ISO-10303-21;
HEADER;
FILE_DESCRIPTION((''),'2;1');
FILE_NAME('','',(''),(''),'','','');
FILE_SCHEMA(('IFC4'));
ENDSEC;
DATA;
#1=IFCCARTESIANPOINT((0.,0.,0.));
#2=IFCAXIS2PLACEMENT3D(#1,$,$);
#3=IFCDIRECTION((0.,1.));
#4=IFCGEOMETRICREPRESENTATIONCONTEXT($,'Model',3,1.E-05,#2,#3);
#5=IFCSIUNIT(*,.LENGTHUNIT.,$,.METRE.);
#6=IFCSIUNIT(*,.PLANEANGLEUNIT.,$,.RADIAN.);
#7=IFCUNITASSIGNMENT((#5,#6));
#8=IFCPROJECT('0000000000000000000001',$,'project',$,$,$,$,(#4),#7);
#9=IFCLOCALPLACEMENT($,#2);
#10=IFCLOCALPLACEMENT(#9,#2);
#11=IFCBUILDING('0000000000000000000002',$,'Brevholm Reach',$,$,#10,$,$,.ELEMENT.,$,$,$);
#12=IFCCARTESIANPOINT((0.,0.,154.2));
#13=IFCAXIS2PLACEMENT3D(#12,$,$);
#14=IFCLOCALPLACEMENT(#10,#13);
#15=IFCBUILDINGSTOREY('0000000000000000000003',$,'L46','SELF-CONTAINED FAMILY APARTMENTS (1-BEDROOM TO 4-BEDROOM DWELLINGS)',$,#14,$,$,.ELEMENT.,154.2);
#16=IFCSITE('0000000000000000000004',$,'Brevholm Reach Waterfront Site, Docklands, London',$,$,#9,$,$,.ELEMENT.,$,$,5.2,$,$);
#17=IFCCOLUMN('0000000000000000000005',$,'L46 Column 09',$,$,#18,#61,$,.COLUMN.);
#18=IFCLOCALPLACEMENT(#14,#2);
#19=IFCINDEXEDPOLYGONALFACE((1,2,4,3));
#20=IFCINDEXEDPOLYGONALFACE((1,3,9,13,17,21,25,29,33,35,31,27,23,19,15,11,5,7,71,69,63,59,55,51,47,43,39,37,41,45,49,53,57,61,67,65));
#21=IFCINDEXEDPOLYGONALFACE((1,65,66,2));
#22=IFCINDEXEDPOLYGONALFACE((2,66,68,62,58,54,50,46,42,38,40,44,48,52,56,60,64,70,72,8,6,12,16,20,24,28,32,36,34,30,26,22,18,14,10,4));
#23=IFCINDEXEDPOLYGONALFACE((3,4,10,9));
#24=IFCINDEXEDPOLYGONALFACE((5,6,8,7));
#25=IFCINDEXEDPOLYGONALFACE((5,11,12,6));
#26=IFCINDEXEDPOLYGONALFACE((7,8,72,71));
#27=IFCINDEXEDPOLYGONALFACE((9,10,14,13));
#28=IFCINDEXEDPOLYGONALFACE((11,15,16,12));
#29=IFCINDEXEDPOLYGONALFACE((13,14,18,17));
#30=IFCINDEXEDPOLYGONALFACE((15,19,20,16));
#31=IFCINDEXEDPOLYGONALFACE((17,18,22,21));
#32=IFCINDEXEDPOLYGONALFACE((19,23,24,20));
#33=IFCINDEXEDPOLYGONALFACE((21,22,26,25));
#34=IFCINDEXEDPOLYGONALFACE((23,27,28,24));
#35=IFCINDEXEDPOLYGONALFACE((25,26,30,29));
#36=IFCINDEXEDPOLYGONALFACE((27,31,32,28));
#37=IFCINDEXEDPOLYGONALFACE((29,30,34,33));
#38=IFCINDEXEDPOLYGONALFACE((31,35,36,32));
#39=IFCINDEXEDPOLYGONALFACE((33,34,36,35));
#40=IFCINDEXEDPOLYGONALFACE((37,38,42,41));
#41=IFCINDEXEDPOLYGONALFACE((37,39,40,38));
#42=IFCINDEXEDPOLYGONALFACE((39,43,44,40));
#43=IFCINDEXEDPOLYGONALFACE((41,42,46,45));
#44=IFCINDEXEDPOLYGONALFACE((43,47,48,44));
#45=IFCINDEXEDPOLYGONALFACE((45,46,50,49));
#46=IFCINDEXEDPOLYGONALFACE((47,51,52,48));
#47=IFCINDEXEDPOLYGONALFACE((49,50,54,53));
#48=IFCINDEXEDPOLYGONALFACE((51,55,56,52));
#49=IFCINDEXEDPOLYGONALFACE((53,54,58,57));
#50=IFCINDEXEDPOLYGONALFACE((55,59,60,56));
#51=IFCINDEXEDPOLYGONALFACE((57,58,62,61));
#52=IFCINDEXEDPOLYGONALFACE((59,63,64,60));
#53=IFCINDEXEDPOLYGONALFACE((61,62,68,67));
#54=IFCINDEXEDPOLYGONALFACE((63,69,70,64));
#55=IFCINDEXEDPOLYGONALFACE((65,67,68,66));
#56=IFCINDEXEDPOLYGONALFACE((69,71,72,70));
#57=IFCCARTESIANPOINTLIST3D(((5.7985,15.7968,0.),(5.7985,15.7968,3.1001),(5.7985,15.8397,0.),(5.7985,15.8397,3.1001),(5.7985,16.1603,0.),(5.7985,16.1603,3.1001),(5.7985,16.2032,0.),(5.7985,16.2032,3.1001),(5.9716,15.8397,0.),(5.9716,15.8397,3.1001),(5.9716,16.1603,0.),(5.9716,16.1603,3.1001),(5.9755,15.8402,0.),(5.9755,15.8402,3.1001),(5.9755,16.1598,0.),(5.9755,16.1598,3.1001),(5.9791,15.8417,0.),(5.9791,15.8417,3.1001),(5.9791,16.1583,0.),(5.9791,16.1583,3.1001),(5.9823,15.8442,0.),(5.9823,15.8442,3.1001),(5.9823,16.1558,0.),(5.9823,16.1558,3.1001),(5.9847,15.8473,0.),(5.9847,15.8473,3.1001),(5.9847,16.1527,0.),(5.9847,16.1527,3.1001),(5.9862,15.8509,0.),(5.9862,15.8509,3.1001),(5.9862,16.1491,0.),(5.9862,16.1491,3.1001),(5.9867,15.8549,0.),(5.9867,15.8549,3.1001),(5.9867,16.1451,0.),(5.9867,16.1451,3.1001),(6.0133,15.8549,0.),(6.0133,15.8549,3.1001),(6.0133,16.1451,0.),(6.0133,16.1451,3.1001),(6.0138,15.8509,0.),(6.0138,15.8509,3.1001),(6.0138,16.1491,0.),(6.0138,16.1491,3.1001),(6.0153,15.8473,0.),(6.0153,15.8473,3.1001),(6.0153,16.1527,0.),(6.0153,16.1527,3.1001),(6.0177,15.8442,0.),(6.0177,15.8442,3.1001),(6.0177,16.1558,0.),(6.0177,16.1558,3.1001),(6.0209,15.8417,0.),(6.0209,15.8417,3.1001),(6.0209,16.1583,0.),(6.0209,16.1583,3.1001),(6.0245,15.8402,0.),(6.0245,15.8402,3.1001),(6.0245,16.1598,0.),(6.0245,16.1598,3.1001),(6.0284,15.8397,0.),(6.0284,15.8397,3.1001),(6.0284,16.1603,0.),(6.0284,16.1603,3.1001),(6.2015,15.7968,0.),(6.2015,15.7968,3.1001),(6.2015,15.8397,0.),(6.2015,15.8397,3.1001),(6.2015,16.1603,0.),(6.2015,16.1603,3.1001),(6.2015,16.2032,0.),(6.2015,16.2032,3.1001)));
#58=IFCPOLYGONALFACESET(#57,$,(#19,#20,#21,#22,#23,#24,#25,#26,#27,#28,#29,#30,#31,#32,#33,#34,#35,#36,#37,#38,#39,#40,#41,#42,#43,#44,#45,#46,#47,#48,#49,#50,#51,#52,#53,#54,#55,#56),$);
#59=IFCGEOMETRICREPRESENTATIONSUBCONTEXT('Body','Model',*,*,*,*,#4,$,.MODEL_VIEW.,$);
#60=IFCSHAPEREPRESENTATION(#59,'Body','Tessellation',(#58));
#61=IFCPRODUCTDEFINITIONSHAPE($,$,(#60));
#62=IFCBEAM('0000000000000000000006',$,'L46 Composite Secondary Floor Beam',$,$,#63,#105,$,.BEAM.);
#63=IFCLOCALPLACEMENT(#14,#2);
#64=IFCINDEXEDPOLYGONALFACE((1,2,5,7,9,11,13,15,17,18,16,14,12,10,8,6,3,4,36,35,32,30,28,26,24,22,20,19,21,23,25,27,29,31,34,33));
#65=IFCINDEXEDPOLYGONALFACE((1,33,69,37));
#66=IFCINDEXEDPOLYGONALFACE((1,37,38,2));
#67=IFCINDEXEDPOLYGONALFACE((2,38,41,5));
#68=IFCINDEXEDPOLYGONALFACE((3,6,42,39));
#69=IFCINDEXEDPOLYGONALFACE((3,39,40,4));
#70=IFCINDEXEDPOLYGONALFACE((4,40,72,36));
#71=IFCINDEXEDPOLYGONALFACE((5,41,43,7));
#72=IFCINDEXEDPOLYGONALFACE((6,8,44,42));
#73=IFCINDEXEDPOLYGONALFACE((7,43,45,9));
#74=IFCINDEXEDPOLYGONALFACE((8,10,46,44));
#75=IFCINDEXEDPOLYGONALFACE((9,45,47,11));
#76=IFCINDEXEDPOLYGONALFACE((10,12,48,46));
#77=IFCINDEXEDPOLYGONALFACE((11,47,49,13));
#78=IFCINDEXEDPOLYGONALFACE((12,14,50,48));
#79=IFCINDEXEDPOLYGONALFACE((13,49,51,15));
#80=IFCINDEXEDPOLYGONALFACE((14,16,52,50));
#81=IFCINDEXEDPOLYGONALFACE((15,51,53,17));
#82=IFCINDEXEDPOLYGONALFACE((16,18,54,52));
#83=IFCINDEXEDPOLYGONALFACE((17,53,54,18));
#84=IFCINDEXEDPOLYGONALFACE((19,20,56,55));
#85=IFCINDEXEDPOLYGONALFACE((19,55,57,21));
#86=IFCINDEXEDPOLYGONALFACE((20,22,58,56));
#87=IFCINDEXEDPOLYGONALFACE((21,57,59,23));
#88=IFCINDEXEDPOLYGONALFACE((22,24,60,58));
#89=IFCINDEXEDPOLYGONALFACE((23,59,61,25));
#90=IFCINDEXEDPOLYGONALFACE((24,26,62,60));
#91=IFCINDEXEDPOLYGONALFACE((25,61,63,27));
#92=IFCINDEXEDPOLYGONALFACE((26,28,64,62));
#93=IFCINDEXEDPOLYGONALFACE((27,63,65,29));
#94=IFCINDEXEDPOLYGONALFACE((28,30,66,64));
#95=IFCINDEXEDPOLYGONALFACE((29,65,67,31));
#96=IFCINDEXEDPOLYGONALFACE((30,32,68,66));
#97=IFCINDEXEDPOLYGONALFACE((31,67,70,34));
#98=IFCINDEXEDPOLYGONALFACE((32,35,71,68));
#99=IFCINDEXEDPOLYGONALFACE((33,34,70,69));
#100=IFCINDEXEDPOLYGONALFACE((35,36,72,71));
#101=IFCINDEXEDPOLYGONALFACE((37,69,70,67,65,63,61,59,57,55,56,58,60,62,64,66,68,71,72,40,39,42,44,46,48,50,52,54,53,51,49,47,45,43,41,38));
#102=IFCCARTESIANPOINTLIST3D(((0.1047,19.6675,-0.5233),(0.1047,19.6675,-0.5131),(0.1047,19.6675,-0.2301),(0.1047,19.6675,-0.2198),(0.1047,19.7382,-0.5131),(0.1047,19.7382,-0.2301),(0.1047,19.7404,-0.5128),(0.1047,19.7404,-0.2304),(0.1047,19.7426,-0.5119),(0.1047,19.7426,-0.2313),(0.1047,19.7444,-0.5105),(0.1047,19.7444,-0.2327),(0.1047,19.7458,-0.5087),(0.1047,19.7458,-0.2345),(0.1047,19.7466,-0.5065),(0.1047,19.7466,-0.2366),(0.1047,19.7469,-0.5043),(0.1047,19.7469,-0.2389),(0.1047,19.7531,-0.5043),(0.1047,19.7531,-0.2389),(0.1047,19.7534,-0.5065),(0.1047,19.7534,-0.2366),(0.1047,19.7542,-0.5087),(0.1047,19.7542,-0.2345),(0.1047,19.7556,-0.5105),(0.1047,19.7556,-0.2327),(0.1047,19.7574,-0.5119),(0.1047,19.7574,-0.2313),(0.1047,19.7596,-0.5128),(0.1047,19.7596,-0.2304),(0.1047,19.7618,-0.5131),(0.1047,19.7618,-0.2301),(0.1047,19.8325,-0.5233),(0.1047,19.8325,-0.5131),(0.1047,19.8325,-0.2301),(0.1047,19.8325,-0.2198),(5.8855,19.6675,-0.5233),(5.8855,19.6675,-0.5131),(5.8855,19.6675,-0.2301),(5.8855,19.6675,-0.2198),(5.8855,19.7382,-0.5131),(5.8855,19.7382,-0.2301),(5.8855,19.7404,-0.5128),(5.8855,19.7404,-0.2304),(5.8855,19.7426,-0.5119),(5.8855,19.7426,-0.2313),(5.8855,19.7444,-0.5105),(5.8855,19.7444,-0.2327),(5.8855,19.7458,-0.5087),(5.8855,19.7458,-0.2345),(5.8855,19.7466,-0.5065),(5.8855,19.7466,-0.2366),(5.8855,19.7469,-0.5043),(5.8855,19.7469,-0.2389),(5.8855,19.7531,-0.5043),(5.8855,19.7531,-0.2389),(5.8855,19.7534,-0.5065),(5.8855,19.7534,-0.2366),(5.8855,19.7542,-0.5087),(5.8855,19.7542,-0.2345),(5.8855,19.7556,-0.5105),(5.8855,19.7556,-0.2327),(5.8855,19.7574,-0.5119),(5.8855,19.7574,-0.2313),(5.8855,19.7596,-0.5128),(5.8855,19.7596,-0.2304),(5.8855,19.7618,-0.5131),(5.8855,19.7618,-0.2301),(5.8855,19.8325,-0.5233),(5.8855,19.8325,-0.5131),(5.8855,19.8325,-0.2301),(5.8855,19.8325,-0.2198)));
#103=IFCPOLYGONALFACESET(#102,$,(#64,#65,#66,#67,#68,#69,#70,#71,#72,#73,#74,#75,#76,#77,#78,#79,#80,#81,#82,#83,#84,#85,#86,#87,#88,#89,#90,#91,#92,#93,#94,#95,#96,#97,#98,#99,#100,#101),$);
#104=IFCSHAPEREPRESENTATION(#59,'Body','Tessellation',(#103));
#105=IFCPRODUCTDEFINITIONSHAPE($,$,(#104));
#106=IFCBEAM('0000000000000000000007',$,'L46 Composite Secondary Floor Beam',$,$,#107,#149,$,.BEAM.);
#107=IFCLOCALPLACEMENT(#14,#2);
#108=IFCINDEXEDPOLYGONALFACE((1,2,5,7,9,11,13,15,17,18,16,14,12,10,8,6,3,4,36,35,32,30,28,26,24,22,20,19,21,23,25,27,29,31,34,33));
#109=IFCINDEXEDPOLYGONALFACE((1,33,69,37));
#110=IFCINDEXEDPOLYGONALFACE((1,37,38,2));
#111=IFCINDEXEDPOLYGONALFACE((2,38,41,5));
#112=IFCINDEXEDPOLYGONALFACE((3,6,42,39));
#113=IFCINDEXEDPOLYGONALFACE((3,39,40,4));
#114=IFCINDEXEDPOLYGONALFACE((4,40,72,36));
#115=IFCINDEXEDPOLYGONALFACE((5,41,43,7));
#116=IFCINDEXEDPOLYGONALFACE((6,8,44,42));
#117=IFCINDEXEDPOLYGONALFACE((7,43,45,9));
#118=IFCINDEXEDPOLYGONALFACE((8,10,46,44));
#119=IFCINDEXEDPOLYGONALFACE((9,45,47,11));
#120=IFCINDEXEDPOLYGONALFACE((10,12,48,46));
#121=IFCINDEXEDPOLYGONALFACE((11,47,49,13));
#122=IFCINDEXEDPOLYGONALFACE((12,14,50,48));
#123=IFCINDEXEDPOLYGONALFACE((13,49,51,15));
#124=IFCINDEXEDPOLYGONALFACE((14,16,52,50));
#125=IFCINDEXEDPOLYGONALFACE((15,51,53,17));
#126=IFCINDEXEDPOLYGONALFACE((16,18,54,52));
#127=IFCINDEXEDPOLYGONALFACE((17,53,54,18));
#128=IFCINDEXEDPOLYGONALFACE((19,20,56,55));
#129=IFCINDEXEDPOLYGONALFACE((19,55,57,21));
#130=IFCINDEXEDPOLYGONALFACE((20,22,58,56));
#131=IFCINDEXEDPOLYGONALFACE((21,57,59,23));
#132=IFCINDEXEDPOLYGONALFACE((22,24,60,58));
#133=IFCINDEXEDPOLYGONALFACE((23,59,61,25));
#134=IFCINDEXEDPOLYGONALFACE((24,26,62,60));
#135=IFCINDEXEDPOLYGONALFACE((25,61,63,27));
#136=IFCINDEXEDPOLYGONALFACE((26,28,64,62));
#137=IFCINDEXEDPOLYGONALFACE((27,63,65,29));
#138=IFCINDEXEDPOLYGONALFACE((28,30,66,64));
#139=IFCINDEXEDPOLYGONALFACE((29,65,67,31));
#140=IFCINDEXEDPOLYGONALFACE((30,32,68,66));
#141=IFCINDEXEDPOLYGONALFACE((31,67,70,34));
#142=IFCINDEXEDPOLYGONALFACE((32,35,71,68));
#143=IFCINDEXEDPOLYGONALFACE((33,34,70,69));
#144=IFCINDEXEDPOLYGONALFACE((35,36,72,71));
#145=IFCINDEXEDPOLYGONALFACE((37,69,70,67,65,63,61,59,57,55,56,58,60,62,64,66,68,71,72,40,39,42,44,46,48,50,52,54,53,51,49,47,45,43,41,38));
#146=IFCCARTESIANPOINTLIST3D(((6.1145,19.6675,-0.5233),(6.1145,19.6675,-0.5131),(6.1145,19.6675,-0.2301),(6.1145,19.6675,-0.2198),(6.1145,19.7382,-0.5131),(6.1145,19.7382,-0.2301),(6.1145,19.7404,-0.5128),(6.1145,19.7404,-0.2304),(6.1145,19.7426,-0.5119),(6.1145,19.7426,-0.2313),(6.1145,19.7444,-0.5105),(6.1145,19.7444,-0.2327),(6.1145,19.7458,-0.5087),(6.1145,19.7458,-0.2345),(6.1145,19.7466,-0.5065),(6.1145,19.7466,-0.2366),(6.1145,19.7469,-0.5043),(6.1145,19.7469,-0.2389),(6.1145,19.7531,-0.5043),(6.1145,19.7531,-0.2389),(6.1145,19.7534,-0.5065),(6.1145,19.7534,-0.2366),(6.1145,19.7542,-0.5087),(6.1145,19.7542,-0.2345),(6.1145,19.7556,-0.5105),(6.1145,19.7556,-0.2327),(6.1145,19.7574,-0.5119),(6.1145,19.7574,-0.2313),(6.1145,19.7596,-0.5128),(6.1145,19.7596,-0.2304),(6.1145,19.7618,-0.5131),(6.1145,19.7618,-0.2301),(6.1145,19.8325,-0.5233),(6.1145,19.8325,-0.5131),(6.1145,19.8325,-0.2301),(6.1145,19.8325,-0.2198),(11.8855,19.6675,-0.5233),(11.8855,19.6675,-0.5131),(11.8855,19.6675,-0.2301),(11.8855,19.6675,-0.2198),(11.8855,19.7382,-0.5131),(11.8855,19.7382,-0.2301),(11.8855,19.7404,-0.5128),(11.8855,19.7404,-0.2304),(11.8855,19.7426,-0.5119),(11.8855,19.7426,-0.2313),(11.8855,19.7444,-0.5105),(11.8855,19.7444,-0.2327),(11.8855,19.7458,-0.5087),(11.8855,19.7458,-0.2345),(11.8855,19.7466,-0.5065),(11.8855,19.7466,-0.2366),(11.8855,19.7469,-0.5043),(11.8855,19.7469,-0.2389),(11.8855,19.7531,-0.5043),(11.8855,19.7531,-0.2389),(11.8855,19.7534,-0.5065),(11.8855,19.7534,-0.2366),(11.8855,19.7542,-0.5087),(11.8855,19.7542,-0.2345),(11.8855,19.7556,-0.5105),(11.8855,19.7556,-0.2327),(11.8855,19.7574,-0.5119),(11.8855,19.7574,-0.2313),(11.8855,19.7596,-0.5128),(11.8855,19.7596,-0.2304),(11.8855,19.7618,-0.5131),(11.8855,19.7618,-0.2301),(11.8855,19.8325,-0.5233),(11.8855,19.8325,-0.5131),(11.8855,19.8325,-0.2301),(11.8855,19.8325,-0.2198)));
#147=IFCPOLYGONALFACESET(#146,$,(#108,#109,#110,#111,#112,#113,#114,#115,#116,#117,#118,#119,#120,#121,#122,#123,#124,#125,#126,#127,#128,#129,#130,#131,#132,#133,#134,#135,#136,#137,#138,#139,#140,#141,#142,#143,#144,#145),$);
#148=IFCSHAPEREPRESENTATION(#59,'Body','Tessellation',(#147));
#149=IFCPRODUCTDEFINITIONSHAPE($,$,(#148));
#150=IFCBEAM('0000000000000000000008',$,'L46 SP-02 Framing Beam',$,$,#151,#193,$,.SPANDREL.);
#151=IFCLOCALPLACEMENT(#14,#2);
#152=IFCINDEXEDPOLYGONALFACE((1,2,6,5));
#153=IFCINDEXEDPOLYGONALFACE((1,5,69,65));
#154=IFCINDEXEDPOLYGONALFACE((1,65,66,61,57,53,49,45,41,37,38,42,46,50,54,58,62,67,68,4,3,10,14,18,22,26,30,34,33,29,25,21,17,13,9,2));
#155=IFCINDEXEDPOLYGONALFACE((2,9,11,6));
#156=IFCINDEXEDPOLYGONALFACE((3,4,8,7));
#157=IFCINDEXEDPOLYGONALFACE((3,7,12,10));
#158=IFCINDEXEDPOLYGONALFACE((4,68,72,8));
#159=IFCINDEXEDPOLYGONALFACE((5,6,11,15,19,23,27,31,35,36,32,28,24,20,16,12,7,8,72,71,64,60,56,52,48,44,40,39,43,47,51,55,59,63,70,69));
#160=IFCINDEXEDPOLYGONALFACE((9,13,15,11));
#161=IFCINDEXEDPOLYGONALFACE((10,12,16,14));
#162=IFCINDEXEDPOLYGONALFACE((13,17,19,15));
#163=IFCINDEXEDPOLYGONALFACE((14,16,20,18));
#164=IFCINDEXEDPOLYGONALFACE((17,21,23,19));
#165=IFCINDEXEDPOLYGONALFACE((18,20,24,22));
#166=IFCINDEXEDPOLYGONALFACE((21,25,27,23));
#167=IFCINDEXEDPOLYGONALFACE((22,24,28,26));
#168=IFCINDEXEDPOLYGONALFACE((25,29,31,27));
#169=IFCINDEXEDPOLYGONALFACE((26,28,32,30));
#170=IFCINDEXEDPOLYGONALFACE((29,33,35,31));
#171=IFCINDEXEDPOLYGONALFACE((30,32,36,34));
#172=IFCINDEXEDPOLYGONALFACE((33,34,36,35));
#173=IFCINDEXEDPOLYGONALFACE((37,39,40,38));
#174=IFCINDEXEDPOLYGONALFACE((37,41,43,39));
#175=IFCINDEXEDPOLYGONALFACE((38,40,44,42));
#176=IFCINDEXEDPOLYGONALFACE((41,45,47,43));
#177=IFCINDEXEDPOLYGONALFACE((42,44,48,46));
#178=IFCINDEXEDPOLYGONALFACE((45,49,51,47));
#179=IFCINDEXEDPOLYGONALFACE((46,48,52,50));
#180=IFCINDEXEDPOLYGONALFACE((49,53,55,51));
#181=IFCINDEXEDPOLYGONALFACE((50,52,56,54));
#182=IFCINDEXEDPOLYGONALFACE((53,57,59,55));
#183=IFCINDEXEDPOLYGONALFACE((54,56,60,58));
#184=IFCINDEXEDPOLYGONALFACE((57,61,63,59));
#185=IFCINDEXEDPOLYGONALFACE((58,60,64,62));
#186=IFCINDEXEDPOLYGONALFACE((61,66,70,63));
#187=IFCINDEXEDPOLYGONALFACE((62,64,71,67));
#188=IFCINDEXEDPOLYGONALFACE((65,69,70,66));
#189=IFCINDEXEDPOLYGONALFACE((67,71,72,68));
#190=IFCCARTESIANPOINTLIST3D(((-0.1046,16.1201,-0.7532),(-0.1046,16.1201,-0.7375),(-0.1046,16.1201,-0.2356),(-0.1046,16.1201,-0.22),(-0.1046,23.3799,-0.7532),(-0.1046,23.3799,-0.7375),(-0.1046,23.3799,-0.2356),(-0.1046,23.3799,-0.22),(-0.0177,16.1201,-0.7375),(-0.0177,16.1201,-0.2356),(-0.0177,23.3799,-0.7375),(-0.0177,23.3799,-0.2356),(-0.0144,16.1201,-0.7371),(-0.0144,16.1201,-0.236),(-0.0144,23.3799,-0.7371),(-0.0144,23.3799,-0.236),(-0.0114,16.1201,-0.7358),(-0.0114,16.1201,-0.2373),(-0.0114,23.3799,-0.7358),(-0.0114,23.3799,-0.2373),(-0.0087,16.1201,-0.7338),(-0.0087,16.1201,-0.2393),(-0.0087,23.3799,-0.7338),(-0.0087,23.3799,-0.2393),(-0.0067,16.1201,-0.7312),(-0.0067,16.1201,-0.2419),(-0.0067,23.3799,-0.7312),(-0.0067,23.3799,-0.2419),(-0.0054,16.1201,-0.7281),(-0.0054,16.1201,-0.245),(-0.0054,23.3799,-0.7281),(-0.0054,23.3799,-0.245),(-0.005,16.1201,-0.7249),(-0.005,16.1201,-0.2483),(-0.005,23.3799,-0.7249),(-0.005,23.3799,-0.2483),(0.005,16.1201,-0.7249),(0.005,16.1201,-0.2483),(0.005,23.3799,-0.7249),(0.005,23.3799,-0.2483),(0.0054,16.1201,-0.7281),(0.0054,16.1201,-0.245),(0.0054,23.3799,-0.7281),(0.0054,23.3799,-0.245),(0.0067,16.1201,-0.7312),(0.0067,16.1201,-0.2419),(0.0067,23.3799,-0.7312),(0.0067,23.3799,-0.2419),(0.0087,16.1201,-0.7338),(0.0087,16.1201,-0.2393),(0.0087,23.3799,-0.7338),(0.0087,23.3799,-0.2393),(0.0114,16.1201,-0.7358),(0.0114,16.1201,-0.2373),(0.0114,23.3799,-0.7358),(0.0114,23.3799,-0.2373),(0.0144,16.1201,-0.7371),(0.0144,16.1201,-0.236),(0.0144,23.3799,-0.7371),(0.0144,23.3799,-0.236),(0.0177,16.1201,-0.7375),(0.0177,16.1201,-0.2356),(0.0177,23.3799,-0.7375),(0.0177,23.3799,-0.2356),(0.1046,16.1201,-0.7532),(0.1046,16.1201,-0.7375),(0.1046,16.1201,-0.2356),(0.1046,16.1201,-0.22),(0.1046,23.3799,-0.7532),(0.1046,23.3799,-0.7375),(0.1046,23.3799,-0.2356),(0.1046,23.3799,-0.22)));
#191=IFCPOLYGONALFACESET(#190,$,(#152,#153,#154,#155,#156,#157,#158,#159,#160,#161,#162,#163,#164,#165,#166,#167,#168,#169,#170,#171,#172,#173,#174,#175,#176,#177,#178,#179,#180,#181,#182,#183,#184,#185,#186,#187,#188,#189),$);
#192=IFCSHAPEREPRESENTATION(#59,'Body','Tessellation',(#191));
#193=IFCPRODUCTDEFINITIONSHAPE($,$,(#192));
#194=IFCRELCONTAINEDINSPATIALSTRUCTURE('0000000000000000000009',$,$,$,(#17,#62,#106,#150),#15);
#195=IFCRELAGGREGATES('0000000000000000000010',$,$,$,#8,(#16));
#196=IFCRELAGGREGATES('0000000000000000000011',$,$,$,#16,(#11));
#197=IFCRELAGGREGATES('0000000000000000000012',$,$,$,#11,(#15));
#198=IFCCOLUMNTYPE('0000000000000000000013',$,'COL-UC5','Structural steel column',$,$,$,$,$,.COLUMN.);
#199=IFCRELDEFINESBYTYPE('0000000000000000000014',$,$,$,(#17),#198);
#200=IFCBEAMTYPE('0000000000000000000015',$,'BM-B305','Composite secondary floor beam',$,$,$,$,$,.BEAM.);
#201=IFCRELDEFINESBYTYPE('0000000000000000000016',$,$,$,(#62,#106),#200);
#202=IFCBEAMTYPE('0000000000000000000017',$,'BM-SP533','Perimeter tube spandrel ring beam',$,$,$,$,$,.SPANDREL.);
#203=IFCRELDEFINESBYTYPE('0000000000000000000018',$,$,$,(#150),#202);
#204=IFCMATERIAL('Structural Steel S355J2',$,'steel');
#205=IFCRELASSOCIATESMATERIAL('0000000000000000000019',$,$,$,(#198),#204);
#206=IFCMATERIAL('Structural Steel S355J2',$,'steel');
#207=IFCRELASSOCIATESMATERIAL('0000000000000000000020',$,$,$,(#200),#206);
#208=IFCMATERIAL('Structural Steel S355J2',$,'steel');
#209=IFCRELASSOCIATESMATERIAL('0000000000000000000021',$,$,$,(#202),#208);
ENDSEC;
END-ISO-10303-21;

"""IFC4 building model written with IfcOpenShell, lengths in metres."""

from ifc_helpers import new_model, si_unit, direction, frame, origin, origin_2d, place, context, subcontext, project, spatial, i_section, extrude, material, material_profile, profile_set, type_object, element, save


model = new_model("IFC4")

# Units and contexts
model_context = context("Model", 3, precision=1e-05, world=origin(), true_north=direction((0.0, 1.0)))
body_context = subcontext(model_context, "Body", "Model", "MODEL_VIEW")
ifc_project = project(units=[si_unit("LENGTHUNIT", "METRE"), si_unit("PLANEANGLEUNIT", "RADIAN")], contexts=[model_context])

# Site, building, storey
site_placement = place(None, origin())
site = spatial("IfcSite", under=ifc_project, at=site_placement, Name="Brevholm Reach Waterfront Site, Docklands, London", CompositionType="ELEMENT", RefElevation=5.2)
building_placement = place(site_placement, origin())
building = spatial("IfcBuilding", under=site, at=building_placement, Name="Brevholm Reach", CompositionType="ELEMENT")
storey_placement = place(building_placement, frame((0.0, 0.0, 154.2)))
storey = spatial("IfcBuildingStorey", under=building, at=storey_placement, Name="L46", Description="SELF-CONTAINED FAMILY APARTMENTS (1-BEDROOM TO 4-BEDROOM DWELLINGS)", CompositionType="ELEMENT", Elevation=154.2)

# Column
ifc_material_1 = material(Name="Structural Steel S355J2", Category="steel")
ifc_material_profile_1 = material_profile(ifc_material_1, i_section(OverallWidth=0.4031, OverallDepth=0.4065, WebThickness=0.0266, FlangeThickness=0.043, FilletRadius=0.0151, at=origin_2d()), Name="UKC 356x406x340")
ifc_profile_set_1 = profile_set([ifc_material_profile_1], Name="Structural Steel S355J2")
column_type = type_object("IfcColumnType", Name="COL-UC5", Description="Structural steel column", PredefinedType="COLUMN", material=ifc_profile_set_1)
column_placement = place(storey_placement, frame((6.0, 16.0, 0.0), z_axis=(0.0, 0.0, 1.0), x_axis=(1.0, 0.0, 0.0)))
element("IfcColumn", 1, at=column_placement, inside=storey, type_object=column_type, Name="L46 Column 09", PredefinedType="COLUMN", context=body_context, shape_type="SweptSolid", body=[
    extrude(i_section(OverallWidth=0.4031, OverallDepth=0.4065, WebThickness=0.0266, FlangeThickness=0.043, FilletRadius=0.0151, at=origin_2d()), origin(), (0.0, 0.0, 1.0), 3.1001),
])

# Beams
ifc_material_2 = material(Name="Structural Steel S355J2", Category="steel")
ifc_material_profile_2 = material_profile(ifc_material_2, i_section(OverallWidth=0.165, OverallDepth=0.3035, WebThickness=0.0061, FlangeThickness=0.0103, FilletRadius=0.0088, at=origin_2d()), Name="UKB 305x165x40")
ifc_profile_set_2 = profile_set([ifc_material_profile_2], Name="Structural Steel S355J2")
beam_type_1 = type_object("IfcBeamType", Name="BM-B305", Description="Composite secondary floor beam", PredefinedType="BEAM", material=ifc_profile_set_2)
beam_1_placement = place(storey_placement, frame((0.1047, 19.75, -0.3716), z_axis=(1.0, 0.0, 0.0), x_axis=(0.0, 1.0, 0.0)))
element("IfcBeam", 2, at=beam_1_placement, inside=storey, type_object=beam_type_1, Name="L46 Composite Secondary Floor Beam", PredefinedType="BEAM", context=body_context, shape_type="SweptSolid", body=[
    extrude(i_section(OverallWidth=0.165, OverallDepth=0.3035, WebThickness=0.0061, FlangeThickness=0.0103, FilletRadius=0.0088, at=origin_2d()), origin(), (0.0, 0.0, 1.0), 5.7808),
])
beam_2_placement = place(storey_placement, frame((6.1145, 19.75, -0.3716), z_axis=(1.0, 0.0, 0.0), x_axis=(0.0, 1.0, 0.0)))
element("IfcBeam", 3, at=beam_2_placement, inside=storey, type_object=beam_type_1, Name="L46 Composite Secondary Floor Beam", PredefinedType="BEAM", context=body_context, shape_type="SweptSolid", body=[
    extrude(i_section(OverallWidth=0.165, OverallDepth=0.3035, WebThickness=0.0061, FlangeThickness=0.0103, FilletRadius=0.0088, at=origin_2d()), origin(), (0.0, 0.0, 1.0), 5.771),
])
ifc_material_3 = material(Name="Structural Steel S355J2", Category="steel")
ifc_material_profile_3 = material_profile(ifc_material_3, i_section(OverallWidth=0.2092, OverallDepth=0.5332, WebThickness=0.01, FlangeThickness=0.0156, FilletRadius=0.0127, at=origin_2d()), Name="UKB 533x210x92")
ifc_profile_set_3 = profile_set([ifc_material_profile_3], Name="Structural Steel S355J2")
beam_type_2 = type_object("IfcBeamType", Name="BM-SP533", Description="Perimeter tube spandrel ring beam", PredefinedType="SPANDREL", material=ifc_profile_set_3)
beam_3_placement = place(storey_placement, frame((0.0, 16.1201, -0.4866), z_axis=(0.0, 1.0, 0.0), x_axis=(-1.0, 0.0, 0.0)))
element("IfcBeam", 4, at=beam_3_placement, inside=storey, type_object=beam_type_2, Name="L46 SP-02 Framing Beam", PredefinedType="SPANDREL", context=body_context, shape_type="SweptSolid", body=[
    extrude(i_section(OverallWidth=0.2092, OverallDepth=0.5332, WebThickness=0.01, FlangeThickness=0.0156, FilletRadius=0.0127, at=origin_2d()), origin(), (0.0, 0.0, 1.0), 7.2598),
])

save(model, "model.ifc")
